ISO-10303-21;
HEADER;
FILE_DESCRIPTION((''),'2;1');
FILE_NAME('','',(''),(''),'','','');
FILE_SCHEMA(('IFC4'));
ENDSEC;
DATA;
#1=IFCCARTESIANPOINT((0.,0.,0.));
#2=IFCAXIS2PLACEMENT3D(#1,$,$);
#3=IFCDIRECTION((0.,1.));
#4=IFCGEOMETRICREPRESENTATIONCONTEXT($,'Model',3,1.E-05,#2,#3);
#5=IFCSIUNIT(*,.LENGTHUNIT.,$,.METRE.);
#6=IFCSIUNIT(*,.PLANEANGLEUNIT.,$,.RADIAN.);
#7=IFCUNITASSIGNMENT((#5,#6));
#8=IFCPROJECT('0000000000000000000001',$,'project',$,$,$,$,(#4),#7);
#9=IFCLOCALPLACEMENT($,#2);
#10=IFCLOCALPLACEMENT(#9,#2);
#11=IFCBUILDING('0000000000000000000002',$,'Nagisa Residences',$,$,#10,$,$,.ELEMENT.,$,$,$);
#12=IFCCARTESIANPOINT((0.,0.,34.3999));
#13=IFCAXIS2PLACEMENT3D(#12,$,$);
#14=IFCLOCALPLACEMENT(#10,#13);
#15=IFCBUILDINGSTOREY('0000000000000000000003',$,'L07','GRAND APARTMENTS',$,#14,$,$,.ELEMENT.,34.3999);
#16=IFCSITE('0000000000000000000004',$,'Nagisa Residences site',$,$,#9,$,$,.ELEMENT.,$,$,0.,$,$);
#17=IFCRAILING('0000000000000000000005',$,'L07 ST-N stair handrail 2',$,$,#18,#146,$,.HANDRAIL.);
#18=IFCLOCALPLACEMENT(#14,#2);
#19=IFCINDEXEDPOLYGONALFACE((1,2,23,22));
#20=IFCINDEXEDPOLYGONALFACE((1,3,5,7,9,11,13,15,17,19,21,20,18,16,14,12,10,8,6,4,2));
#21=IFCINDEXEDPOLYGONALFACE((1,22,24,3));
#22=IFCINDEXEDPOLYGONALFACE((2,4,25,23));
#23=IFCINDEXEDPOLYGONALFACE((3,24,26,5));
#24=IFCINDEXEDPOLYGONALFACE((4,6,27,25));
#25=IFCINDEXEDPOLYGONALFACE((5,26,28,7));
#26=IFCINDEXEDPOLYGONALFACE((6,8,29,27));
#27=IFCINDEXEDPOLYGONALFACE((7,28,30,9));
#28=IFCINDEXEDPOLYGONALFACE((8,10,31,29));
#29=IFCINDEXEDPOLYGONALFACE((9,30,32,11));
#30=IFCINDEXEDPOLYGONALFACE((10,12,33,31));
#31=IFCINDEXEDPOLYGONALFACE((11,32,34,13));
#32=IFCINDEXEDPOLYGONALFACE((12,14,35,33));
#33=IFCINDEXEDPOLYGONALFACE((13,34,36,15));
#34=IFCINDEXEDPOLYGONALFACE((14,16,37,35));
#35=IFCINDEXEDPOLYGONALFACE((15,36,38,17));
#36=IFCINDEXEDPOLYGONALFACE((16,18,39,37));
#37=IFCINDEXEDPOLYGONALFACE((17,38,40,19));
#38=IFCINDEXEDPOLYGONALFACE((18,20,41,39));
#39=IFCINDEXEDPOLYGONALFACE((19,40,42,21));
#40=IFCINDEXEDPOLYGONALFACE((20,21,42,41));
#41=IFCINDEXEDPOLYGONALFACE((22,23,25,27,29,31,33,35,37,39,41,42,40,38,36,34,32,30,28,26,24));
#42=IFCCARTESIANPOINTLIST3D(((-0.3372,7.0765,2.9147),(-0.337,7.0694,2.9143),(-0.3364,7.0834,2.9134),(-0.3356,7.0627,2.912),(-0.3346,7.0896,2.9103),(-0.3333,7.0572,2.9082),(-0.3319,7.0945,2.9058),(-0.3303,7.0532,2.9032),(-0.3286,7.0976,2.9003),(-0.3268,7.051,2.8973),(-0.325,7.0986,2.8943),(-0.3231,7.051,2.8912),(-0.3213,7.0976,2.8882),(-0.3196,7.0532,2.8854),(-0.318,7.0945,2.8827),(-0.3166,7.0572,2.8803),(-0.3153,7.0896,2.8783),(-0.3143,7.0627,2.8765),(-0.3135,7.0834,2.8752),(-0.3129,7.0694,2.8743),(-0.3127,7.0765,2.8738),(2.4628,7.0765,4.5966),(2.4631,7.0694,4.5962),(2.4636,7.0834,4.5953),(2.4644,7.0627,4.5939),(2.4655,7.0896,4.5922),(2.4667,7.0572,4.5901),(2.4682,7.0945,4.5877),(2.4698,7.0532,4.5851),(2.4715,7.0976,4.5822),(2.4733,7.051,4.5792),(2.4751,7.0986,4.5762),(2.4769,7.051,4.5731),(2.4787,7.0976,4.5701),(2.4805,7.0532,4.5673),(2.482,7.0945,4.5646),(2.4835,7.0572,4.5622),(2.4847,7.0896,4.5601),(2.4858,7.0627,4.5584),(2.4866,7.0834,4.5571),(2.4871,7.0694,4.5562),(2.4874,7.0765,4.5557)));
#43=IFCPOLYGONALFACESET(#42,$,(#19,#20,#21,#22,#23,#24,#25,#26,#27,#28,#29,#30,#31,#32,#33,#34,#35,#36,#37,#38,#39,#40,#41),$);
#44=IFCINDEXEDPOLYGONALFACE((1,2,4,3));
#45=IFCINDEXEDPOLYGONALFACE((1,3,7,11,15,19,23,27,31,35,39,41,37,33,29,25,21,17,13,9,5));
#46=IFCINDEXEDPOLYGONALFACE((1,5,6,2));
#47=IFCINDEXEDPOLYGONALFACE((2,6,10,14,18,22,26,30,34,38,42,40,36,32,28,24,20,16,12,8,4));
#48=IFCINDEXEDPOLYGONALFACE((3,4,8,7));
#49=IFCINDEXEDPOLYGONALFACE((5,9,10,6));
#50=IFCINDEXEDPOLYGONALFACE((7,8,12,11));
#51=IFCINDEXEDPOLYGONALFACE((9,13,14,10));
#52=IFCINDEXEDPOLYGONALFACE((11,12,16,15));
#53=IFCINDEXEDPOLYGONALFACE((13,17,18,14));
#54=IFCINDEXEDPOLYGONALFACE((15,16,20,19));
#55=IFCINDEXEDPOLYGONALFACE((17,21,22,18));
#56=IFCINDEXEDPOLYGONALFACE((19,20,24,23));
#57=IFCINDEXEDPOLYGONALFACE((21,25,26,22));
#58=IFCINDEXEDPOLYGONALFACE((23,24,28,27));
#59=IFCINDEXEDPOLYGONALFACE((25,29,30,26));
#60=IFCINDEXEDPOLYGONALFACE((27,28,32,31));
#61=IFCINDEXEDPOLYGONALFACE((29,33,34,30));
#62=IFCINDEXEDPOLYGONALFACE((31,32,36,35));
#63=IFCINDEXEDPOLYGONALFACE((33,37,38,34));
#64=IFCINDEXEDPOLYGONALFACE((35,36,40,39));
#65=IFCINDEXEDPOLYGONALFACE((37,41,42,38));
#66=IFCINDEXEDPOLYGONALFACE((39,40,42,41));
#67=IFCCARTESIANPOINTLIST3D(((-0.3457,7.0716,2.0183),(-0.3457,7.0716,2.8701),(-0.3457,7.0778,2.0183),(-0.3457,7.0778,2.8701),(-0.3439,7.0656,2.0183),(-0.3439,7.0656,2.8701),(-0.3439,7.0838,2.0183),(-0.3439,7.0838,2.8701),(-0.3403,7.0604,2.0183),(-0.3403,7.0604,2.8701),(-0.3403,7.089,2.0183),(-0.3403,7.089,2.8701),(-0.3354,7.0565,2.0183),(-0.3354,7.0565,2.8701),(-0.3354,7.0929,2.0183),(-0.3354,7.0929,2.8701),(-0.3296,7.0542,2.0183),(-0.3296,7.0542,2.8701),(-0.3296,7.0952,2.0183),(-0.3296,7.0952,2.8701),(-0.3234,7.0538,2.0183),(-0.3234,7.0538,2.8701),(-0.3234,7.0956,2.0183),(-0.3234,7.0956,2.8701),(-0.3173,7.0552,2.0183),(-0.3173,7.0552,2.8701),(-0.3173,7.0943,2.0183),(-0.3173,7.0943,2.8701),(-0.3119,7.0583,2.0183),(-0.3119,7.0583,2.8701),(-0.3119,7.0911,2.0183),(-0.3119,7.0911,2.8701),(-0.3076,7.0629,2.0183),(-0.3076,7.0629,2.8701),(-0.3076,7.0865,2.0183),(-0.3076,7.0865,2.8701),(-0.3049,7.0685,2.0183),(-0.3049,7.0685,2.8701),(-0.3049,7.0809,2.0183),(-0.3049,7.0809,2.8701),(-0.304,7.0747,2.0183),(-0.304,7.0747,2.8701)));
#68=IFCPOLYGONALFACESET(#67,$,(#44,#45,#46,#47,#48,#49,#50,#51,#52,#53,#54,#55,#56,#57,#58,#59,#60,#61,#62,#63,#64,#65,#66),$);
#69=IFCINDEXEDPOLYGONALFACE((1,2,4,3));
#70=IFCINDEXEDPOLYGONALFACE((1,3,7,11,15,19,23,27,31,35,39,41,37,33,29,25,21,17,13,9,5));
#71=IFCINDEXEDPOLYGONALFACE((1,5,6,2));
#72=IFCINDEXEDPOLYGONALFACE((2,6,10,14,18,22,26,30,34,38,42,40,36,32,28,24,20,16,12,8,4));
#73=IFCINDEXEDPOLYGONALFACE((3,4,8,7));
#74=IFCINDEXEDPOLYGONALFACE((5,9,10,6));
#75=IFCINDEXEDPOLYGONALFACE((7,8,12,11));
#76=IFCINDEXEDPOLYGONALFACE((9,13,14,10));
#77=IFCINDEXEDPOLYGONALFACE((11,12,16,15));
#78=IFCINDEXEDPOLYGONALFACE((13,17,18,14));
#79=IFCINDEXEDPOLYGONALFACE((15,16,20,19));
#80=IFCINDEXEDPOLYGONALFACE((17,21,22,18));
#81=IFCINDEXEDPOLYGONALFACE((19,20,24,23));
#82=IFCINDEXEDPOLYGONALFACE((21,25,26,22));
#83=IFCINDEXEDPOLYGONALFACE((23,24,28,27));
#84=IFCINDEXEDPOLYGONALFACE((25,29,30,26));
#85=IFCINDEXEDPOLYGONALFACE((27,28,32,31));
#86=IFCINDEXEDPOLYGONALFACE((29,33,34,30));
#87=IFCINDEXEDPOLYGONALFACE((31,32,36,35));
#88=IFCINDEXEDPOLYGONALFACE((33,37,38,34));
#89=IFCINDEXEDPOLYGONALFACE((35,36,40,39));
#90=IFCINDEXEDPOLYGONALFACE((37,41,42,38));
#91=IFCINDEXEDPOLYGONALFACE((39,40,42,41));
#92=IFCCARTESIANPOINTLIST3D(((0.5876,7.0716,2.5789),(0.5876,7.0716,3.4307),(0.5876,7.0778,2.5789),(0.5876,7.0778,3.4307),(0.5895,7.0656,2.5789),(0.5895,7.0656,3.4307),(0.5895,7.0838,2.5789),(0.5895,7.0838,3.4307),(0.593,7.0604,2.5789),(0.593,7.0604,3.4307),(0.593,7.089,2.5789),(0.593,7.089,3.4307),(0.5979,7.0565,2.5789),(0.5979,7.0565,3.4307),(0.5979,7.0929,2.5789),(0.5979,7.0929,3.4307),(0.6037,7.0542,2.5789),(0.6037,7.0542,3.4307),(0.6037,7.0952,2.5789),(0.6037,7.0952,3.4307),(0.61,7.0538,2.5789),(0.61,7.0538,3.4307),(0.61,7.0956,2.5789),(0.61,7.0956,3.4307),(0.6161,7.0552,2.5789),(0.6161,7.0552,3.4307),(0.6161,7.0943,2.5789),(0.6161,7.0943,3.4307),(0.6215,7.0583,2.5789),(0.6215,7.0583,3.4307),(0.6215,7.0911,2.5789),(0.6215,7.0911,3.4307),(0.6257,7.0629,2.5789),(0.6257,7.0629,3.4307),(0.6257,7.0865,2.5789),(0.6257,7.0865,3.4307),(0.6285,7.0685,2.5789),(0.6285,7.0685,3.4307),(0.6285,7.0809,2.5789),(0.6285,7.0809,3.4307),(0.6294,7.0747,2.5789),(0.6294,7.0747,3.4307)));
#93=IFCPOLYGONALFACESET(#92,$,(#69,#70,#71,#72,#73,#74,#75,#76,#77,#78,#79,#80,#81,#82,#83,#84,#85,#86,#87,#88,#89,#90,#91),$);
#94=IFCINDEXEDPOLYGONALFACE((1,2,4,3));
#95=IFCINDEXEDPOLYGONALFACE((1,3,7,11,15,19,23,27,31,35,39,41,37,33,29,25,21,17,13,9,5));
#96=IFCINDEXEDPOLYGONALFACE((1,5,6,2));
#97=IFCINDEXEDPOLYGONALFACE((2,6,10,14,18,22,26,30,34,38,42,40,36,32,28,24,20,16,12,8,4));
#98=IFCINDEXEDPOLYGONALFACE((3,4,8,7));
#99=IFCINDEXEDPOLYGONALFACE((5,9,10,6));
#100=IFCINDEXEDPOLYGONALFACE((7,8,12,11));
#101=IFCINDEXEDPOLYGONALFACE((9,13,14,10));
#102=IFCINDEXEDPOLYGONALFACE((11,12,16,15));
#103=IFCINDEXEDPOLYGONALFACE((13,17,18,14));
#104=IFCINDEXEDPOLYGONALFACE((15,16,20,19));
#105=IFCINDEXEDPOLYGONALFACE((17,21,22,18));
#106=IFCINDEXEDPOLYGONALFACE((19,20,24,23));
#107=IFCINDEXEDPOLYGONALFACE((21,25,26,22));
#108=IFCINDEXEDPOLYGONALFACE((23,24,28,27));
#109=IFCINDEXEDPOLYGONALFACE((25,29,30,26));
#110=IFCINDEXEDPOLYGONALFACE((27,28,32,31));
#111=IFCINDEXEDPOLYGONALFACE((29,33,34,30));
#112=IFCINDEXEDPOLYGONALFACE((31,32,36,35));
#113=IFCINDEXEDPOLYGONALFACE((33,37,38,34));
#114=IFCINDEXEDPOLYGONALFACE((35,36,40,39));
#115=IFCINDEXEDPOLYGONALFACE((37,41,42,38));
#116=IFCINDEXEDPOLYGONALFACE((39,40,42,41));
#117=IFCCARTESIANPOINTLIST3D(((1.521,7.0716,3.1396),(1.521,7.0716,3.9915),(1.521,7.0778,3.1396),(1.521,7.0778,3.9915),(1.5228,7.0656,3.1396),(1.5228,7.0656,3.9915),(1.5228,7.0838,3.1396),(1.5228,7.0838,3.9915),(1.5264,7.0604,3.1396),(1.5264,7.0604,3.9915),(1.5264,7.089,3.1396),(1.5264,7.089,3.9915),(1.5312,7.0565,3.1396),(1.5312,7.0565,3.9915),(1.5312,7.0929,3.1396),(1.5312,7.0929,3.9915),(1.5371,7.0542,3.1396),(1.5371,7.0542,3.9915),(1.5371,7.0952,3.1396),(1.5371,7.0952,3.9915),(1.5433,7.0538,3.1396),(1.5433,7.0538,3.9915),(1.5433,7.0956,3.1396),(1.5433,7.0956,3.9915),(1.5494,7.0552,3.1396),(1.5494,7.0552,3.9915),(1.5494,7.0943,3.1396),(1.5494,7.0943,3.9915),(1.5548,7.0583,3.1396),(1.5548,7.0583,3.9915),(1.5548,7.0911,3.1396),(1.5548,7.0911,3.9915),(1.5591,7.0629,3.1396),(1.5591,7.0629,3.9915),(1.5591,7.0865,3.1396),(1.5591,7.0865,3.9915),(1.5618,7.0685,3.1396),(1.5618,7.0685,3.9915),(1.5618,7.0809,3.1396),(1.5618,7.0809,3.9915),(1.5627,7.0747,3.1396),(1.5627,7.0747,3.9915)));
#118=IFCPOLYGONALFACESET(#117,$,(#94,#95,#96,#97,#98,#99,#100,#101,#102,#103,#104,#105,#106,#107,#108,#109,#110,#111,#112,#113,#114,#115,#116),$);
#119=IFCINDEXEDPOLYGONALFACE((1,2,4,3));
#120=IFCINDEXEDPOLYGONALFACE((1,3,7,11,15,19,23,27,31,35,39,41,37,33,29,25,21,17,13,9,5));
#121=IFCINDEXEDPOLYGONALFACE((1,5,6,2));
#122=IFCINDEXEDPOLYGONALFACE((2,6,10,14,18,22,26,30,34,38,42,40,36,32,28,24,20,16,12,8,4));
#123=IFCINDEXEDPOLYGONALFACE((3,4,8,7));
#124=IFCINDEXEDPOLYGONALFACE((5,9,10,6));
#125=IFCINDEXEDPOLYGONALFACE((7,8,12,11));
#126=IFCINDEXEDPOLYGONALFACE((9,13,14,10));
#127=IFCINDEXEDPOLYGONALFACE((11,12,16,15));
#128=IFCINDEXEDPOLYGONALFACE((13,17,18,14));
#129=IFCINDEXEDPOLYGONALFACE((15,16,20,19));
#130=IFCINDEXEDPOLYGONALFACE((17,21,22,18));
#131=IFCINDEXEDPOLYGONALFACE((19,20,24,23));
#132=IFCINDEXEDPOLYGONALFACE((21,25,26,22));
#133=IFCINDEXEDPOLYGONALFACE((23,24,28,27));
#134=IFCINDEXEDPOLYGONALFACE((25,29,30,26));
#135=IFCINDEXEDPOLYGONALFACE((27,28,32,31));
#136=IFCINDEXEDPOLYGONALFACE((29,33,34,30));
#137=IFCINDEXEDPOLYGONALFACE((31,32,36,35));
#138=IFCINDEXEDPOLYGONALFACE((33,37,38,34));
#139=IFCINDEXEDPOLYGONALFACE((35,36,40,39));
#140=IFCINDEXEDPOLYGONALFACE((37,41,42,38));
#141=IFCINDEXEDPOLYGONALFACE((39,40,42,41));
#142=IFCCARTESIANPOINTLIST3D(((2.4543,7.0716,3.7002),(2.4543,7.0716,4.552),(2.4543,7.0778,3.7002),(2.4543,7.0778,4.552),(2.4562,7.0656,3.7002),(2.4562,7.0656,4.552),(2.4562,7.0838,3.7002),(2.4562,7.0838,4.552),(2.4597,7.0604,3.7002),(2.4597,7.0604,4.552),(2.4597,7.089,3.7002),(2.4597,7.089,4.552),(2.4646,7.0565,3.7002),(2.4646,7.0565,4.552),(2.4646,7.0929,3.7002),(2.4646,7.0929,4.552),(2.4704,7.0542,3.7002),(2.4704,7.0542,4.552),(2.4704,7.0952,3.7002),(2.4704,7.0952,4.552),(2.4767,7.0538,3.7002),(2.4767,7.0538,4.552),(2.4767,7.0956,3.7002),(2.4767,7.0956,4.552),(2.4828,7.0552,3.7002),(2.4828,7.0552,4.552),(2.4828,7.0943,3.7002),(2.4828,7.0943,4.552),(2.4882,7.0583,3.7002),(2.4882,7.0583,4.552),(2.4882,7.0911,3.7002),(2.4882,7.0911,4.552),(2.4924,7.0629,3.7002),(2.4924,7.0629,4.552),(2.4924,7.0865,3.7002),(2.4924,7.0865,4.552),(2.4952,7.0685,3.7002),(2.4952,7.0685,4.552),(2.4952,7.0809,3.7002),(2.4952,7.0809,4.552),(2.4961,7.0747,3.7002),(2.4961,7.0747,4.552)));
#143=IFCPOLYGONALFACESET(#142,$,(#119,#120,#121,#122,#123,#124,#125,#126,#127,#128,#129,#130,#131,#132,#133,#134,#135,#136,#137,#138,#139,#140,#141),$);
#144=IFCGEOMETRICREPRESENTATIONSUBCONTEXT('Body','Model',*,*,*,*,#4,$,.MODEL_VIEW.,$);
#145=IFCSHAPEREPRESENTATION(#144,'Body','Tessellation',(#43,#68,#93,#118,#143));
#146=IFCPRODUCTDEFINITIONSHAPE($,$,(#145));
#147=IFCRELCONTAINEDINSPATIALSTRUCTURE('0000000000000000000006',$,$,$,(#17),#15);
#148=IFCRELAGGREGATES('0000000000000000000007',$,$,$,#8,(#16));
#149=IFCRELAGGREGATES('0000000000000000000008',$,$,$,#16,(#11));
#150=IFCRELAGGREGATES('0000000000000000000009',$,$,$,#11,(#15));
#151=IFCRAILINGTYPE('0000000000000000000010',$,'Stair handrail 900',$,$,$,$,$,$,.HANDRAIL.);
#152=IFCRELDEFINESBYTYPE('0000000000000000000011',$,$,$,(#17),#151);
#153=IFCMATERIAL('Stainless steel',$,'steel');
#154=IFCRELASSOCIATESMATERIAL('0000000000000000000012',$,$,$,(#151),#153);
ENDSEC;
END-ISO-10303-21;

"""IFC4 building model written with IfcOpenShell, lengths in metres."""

from ifc_helpers import new_model, si_unit, direction, frame, origin, origin_2d, place, context, subcontext, project, spatial, circle, extrude, material, type_object, element, save


model = new_model("IFC4")

# Units and contexts
model_context = context("Model", 3, precision=1e-05, world=origin(), true_north=direction((0.0, 1.0)))
body_context = subcontext(model_context, "Body", "Model", "MODEL_VIEW")
ifc_project = project(units=[si_unit("LENGTHUNIT", "METRE"), si_unit("PLANEANGLEUNIT", "RADIAN")], contexts=[model_context])

# Site, building, storey
site_placement = place(None, origin())
site = spatial("IfcSite", under=ifc_project, at=site_placement, Name="Nagisa Residences site", CompositionType="ELEMENT", RefElevation=0.0)
building_placement = place(site_placement, origin())
building = spatial("IfcBuilding", under=site, at=building_placement, Name="Nagisa Residences", CompositionType="ELEMENT")
storey_placement = place(building_placement, frame((0.0, 0.0, 34.3999)))
storey = spatial("IfcBuildingStorey", under=building, at=storey_placement, Name="L07", Description="GRAND APARTMENTS", CompositionType="ELEMENT", Elevation=34.3999)

# Railing
ifc_material_1 = material(Name="Stainless steel", Category="steel")
railing_type = type_object("IfcRailingType", Name="Stair handrail 900", PredefinedType="HANDRAIL", material=ifc_material_1)
railing_placement = place(storey_placement, frame((-0.325, 7.0747, 2.0183)))
element("IfcRailing", 1, at=railing_placement, inside=storey, type_object=railing_type, Name="L07 ST-N stair handrail 2", PredefinedType="HANDRAIL", context=body_context, shape_type="SweptSolid", body=[
    extrude(circle(Radius=0.0239, at=origin_2d()), frame((0.0, 0.0, 0.876), z_axis=(0.857242, 0.0, 0.514913), x_axis=(0.0, 1.0, 0.0)), (0.0, 0.0, 1.0), 3.2664),
    extrude(circle(Radius=0.021, at=origin_2d()), origin(), (0.0, 0.0, 1.0), 0.8518),
    extrude(circle(Radius=0.021, at=origin_2d()), frame((0.9333, 0.0, 0.5605)), (0.0, 0.0, 1.0), 0.8518),
    extrude(circle(Radius=0.021, at=origin_2d()), frame((1.8667, 0.0, 1.1213)), (0.0, 0.0, 1.0), 0.8518),
    extrude(circle(Radius=0.021, at=origin_2d()), frame((2.8, 0.0, 1.6819)), (0.0, 0.0, 1.0), 0.8518),
])

save(model, "model.ifc")
